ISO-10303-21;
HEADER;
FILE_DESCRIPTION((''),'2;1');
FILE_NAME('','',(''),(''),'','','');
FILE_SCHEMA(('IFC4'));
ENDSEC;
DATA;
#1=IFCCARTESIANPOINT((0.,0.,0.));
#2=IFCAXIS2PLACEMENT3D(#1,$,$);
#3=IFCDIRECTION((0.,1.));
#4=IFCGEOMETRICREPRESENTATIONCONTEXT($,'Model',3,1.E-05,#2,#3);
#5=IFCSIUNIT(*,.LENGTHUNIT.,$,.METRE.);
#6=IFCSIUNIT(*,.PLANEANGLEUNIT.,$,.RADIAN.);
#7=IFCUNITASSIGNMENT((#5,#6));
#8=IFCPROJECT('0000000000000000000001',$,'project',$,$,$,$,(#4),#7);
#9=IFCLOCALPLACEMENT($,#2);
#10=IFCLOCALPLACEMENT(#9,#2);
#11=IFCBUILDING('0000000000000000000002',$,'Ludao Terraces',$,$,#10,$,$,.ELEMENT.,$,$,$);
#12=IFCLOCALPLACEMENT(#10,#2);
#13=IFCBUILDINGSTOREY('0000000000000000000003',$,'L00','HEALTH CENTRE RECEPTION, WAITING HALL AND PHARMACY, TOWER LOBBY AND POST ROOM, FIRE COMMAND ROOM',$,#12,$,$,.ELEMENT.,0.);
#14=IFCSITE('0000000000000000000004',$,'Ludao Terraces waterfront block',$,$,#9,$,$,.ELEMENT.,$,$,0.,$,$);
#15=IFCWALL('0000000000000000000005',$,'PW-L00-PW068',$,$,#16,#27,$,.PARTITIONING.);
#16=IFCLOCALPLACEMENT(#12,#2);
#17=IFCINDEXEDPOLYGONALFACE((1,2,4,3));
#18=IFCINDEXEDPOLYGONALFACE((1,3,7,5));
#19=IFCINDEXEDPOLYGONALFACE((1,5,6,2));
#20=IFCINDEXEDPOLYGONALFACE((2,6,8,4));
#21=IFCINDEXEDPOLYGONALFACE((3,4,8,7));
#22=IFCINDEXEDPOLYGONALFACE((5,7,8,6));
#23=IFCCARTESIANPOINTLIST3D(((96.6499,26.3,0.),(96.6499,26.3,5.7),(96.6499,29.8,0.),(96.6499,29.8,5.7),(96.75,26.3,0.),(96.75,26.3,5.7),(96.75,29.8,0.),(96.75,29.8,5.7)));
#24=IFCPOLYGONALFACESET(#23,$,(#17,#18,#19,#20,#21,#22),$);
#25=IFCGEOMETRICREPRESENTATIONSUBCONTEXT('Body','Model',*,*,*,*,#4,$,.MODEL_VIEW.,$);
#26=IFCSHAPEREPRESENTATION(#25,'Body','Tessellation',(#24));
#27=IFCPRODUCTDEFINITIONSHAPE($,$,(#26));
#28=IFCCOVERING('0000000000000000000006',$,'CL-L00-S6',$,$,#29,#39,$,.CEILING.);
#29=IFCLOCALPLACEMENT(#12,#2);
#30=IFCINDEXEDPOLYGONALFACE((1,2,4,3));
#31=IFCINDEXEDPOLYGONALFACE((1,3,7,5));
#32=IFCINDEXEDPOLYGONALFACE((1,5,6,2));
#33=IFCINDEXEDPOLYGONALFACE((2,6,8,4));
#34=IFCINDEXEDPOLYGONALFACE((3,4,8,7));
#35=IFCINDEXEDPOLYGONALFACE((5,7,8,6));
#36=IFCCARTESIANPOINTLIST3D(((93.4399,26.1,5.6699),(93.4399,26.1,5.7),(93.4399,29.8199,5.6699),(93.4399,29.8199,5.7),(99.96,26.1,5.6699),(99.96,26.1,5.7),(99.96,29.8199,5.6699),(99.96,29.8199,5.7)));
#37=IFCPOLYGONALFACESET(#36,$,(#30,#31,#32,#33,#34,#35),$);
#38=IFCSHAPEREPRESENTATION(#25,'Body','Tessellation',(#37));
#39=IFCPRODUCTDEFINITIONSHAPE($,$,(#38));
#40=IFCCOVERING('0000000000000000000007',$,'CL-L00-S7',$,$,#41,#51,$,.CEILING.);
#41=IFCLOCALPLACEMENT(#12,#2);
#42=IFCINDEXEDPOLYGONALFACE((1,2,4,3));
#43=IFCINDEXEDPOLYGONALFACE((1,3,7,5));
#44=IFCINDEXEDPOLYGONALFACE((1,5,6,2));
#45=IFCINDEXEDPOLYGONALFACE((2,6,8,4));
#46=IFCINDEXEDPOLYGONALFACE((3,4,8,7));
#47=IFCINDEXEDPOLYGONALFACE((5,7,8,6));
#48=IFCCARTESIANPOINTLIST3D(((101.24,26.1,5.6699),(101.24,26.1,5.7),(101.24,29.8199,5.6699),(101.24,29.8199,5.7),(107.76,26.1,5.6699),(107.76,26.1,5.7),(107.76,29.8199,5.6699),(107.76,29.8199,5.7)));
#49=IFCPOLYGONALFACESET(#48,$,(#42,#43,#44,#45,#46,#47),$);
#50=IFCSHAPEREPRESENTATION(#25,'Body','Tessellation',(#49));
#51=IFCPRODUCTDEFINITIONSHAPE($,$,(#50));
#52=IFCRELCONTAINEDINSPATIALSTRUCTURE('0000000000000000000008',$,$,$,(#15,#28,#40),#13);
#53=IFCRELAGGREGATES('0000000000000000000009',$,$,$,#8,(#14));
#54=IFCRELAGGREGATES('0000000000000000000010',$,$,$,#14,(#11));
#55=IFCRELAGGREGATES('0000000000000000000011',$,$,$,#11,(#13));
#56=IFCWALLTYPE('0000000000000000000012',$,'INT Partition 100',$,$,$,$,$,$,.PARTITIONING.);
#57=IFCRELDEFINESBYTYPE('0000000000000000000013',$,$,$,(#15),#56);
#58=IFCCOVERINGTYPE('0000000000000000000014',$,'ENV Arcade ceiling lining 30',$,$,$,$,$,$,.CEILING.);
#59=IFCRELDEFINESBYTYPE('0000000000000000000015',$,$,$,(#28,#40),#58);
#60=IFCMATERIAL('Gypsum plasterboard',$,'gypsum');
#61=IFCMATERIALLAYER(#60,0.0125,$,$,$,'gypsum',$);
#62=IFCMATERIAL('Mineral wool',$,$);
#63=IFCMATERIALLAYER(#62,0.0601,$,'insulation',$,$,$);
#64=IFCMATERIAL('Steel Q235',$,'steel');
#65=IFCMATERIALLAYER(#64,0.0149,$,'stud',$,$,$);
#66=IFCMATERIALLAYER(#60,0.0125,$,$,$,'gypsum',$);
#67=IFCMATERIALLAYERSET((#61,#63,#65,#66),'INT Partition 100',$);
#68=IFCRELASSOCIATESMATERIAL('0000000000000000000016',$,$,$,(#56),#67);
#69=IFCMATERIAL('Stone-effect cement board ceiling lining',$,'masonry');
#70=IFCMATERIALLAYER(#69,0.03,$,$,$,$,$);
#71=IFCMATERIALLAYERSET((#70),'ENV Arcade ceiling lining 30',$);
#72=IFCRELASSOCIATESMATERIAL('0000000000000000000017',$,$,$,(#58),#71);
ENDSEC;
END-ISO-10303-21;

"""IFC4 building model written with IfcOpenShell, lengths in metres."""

from ifc_helpers import new_model, si_unit, direction, frame, frame_2d, origin, origin_2d, place, context, subcontext, project, spatial, rectangle, extrude, material, layer, layer_set, type_object, element, save


model = new_model("IFC4")

# Units and contexts
model_context = context("Model", 3, precision=1e-05, world=origin(), true_north=direction((0.0, 1.0)))
body_context = subcontext(model_context, "Body", "Model", "MODEL_VIEW")
ifc_project = project(units=[si_unit("LENGTHUNIT", "METRE"), si_unit("PLANEANGLEUNIT", "RADIAN")], contexts=[model_context])

# Site, building, storey
site_placement = place(None, origin())
site = spatial("IfcSite", under=ifc_project, at=site_placement, Name="Ludao Terraces waterfront block", CompositionType="ELEMENT", RefElevation=0.0)
building_placement = place(site_placement, origin())
building = spatial("IfcBuilding", under=site, at=building_placement, Name="Ludao Terraces", CompositionType="ELEMENT")
storey_placement = place(building_placement, origin())
storey = spatial("IfcBuildingStorey", under=building, at=storey_placement, Name="L00", Description="HEALTH CENTRE RECEPTION, WAITING HALL AND PHARMACY, TOWER LOBBY AND POST ROOM, FIRE COMMAND ROOM", CompositionType="ELEMENT", Elevation=0.0)

# Wall
ifc_material_1 = material(Name="Gypsum plasterboard", Category="gypsum")
ifc_layer_1 = layer(ifc_material_1, 0.0125, Category="gypsum")
ifc_material_2 = material(Name="Mineral wool")
ifc_layer_2 = layer(ifc_material_2, 0.0601, Name="insulation")
ifc_material_3 = material(Name="Steel Q235", Category="steel")
ifc_layer_3 = layer(ifc_material_3, 0.0149, Name="stud")
ifc_layer_4 = layer(ifc_material_1, 0.0125, Category="gypsum")
ifc_layer_set_1 = layer_set([ifc_layer_1, ifc_layer_2, ifc_layer_3, ifc_layer_4], Name="INT Partition 100")
wall_type = type_object("IfcWallType", Name="INT Partition 100", PredefinedType="PARTITIONING", material=ifc_layer_set_1)
for number, where, z_axis, x_axis, name in (
    (1, (96.7, 26.3, 0.0), (0.0, 0.0, 1.0), (0.0, 1.0, 0.0), "PW-L00-PW068"),
):
    element("IfcWall", number, at=place(storey_placement, frame(where, z_axis=z_axis, x_axis=x_axis)), inside=storey, type_object=wall_type, Name=name, PredefinedType="PARTITIONING", context=body_context, shape_type="SweptSolid", body=[
        extrude(rectangle(XDim=3.5, YDim=0.1001, at=frame_2d((1.75, 0.0))), origin(), (0.0, 0.0, 1.0), 5.7),
    ])

# Coverings
ifc_material_4 = material(Name="Stone-effect cement board ceiling lining", Category="masonry")
ifc_layer_5 = layer(ifc_material_4, 0.03)
ifc_layer_set_2 = layer_set([ifc_layer_5], Name="ENV Arcade ceiling lining 30")
covering_type = type_object("IfcCoveringType", Name="ENV Arcade ceiling lining 30", PredefinedType="CEILING", material=ifc_layer_set_2)
for number, where, z_axis, x_axis, name in (
    (2, (96.7, 27.96, 5.6699), (0.0, 0.0, 1.0), (1.0, 0.0, 0.0), "CL-L00-S6"),
    (3, (104.5, 27.96, 5.6699), (0.0, 0.0, 1.0), (1.0, 0.0, 0.0), "CL-L00-S7"),
):
    element("IfcCovering", number, at=place(storey_placement, frame(where, z_axis=z_axis, x_axis=x_axis)), inside=storey, type_object=covering_type, Name=name, PredefinedType="CEILING", context=body_context, shape_type="SweptSolid", body=[
        extrude(rectangle(XDim=6.52, YDim=3.72, at=origin_2d()), origin(), (0.0, 0.0, 1.0), 0.03),
    ])

save(model, "model.ifc")
